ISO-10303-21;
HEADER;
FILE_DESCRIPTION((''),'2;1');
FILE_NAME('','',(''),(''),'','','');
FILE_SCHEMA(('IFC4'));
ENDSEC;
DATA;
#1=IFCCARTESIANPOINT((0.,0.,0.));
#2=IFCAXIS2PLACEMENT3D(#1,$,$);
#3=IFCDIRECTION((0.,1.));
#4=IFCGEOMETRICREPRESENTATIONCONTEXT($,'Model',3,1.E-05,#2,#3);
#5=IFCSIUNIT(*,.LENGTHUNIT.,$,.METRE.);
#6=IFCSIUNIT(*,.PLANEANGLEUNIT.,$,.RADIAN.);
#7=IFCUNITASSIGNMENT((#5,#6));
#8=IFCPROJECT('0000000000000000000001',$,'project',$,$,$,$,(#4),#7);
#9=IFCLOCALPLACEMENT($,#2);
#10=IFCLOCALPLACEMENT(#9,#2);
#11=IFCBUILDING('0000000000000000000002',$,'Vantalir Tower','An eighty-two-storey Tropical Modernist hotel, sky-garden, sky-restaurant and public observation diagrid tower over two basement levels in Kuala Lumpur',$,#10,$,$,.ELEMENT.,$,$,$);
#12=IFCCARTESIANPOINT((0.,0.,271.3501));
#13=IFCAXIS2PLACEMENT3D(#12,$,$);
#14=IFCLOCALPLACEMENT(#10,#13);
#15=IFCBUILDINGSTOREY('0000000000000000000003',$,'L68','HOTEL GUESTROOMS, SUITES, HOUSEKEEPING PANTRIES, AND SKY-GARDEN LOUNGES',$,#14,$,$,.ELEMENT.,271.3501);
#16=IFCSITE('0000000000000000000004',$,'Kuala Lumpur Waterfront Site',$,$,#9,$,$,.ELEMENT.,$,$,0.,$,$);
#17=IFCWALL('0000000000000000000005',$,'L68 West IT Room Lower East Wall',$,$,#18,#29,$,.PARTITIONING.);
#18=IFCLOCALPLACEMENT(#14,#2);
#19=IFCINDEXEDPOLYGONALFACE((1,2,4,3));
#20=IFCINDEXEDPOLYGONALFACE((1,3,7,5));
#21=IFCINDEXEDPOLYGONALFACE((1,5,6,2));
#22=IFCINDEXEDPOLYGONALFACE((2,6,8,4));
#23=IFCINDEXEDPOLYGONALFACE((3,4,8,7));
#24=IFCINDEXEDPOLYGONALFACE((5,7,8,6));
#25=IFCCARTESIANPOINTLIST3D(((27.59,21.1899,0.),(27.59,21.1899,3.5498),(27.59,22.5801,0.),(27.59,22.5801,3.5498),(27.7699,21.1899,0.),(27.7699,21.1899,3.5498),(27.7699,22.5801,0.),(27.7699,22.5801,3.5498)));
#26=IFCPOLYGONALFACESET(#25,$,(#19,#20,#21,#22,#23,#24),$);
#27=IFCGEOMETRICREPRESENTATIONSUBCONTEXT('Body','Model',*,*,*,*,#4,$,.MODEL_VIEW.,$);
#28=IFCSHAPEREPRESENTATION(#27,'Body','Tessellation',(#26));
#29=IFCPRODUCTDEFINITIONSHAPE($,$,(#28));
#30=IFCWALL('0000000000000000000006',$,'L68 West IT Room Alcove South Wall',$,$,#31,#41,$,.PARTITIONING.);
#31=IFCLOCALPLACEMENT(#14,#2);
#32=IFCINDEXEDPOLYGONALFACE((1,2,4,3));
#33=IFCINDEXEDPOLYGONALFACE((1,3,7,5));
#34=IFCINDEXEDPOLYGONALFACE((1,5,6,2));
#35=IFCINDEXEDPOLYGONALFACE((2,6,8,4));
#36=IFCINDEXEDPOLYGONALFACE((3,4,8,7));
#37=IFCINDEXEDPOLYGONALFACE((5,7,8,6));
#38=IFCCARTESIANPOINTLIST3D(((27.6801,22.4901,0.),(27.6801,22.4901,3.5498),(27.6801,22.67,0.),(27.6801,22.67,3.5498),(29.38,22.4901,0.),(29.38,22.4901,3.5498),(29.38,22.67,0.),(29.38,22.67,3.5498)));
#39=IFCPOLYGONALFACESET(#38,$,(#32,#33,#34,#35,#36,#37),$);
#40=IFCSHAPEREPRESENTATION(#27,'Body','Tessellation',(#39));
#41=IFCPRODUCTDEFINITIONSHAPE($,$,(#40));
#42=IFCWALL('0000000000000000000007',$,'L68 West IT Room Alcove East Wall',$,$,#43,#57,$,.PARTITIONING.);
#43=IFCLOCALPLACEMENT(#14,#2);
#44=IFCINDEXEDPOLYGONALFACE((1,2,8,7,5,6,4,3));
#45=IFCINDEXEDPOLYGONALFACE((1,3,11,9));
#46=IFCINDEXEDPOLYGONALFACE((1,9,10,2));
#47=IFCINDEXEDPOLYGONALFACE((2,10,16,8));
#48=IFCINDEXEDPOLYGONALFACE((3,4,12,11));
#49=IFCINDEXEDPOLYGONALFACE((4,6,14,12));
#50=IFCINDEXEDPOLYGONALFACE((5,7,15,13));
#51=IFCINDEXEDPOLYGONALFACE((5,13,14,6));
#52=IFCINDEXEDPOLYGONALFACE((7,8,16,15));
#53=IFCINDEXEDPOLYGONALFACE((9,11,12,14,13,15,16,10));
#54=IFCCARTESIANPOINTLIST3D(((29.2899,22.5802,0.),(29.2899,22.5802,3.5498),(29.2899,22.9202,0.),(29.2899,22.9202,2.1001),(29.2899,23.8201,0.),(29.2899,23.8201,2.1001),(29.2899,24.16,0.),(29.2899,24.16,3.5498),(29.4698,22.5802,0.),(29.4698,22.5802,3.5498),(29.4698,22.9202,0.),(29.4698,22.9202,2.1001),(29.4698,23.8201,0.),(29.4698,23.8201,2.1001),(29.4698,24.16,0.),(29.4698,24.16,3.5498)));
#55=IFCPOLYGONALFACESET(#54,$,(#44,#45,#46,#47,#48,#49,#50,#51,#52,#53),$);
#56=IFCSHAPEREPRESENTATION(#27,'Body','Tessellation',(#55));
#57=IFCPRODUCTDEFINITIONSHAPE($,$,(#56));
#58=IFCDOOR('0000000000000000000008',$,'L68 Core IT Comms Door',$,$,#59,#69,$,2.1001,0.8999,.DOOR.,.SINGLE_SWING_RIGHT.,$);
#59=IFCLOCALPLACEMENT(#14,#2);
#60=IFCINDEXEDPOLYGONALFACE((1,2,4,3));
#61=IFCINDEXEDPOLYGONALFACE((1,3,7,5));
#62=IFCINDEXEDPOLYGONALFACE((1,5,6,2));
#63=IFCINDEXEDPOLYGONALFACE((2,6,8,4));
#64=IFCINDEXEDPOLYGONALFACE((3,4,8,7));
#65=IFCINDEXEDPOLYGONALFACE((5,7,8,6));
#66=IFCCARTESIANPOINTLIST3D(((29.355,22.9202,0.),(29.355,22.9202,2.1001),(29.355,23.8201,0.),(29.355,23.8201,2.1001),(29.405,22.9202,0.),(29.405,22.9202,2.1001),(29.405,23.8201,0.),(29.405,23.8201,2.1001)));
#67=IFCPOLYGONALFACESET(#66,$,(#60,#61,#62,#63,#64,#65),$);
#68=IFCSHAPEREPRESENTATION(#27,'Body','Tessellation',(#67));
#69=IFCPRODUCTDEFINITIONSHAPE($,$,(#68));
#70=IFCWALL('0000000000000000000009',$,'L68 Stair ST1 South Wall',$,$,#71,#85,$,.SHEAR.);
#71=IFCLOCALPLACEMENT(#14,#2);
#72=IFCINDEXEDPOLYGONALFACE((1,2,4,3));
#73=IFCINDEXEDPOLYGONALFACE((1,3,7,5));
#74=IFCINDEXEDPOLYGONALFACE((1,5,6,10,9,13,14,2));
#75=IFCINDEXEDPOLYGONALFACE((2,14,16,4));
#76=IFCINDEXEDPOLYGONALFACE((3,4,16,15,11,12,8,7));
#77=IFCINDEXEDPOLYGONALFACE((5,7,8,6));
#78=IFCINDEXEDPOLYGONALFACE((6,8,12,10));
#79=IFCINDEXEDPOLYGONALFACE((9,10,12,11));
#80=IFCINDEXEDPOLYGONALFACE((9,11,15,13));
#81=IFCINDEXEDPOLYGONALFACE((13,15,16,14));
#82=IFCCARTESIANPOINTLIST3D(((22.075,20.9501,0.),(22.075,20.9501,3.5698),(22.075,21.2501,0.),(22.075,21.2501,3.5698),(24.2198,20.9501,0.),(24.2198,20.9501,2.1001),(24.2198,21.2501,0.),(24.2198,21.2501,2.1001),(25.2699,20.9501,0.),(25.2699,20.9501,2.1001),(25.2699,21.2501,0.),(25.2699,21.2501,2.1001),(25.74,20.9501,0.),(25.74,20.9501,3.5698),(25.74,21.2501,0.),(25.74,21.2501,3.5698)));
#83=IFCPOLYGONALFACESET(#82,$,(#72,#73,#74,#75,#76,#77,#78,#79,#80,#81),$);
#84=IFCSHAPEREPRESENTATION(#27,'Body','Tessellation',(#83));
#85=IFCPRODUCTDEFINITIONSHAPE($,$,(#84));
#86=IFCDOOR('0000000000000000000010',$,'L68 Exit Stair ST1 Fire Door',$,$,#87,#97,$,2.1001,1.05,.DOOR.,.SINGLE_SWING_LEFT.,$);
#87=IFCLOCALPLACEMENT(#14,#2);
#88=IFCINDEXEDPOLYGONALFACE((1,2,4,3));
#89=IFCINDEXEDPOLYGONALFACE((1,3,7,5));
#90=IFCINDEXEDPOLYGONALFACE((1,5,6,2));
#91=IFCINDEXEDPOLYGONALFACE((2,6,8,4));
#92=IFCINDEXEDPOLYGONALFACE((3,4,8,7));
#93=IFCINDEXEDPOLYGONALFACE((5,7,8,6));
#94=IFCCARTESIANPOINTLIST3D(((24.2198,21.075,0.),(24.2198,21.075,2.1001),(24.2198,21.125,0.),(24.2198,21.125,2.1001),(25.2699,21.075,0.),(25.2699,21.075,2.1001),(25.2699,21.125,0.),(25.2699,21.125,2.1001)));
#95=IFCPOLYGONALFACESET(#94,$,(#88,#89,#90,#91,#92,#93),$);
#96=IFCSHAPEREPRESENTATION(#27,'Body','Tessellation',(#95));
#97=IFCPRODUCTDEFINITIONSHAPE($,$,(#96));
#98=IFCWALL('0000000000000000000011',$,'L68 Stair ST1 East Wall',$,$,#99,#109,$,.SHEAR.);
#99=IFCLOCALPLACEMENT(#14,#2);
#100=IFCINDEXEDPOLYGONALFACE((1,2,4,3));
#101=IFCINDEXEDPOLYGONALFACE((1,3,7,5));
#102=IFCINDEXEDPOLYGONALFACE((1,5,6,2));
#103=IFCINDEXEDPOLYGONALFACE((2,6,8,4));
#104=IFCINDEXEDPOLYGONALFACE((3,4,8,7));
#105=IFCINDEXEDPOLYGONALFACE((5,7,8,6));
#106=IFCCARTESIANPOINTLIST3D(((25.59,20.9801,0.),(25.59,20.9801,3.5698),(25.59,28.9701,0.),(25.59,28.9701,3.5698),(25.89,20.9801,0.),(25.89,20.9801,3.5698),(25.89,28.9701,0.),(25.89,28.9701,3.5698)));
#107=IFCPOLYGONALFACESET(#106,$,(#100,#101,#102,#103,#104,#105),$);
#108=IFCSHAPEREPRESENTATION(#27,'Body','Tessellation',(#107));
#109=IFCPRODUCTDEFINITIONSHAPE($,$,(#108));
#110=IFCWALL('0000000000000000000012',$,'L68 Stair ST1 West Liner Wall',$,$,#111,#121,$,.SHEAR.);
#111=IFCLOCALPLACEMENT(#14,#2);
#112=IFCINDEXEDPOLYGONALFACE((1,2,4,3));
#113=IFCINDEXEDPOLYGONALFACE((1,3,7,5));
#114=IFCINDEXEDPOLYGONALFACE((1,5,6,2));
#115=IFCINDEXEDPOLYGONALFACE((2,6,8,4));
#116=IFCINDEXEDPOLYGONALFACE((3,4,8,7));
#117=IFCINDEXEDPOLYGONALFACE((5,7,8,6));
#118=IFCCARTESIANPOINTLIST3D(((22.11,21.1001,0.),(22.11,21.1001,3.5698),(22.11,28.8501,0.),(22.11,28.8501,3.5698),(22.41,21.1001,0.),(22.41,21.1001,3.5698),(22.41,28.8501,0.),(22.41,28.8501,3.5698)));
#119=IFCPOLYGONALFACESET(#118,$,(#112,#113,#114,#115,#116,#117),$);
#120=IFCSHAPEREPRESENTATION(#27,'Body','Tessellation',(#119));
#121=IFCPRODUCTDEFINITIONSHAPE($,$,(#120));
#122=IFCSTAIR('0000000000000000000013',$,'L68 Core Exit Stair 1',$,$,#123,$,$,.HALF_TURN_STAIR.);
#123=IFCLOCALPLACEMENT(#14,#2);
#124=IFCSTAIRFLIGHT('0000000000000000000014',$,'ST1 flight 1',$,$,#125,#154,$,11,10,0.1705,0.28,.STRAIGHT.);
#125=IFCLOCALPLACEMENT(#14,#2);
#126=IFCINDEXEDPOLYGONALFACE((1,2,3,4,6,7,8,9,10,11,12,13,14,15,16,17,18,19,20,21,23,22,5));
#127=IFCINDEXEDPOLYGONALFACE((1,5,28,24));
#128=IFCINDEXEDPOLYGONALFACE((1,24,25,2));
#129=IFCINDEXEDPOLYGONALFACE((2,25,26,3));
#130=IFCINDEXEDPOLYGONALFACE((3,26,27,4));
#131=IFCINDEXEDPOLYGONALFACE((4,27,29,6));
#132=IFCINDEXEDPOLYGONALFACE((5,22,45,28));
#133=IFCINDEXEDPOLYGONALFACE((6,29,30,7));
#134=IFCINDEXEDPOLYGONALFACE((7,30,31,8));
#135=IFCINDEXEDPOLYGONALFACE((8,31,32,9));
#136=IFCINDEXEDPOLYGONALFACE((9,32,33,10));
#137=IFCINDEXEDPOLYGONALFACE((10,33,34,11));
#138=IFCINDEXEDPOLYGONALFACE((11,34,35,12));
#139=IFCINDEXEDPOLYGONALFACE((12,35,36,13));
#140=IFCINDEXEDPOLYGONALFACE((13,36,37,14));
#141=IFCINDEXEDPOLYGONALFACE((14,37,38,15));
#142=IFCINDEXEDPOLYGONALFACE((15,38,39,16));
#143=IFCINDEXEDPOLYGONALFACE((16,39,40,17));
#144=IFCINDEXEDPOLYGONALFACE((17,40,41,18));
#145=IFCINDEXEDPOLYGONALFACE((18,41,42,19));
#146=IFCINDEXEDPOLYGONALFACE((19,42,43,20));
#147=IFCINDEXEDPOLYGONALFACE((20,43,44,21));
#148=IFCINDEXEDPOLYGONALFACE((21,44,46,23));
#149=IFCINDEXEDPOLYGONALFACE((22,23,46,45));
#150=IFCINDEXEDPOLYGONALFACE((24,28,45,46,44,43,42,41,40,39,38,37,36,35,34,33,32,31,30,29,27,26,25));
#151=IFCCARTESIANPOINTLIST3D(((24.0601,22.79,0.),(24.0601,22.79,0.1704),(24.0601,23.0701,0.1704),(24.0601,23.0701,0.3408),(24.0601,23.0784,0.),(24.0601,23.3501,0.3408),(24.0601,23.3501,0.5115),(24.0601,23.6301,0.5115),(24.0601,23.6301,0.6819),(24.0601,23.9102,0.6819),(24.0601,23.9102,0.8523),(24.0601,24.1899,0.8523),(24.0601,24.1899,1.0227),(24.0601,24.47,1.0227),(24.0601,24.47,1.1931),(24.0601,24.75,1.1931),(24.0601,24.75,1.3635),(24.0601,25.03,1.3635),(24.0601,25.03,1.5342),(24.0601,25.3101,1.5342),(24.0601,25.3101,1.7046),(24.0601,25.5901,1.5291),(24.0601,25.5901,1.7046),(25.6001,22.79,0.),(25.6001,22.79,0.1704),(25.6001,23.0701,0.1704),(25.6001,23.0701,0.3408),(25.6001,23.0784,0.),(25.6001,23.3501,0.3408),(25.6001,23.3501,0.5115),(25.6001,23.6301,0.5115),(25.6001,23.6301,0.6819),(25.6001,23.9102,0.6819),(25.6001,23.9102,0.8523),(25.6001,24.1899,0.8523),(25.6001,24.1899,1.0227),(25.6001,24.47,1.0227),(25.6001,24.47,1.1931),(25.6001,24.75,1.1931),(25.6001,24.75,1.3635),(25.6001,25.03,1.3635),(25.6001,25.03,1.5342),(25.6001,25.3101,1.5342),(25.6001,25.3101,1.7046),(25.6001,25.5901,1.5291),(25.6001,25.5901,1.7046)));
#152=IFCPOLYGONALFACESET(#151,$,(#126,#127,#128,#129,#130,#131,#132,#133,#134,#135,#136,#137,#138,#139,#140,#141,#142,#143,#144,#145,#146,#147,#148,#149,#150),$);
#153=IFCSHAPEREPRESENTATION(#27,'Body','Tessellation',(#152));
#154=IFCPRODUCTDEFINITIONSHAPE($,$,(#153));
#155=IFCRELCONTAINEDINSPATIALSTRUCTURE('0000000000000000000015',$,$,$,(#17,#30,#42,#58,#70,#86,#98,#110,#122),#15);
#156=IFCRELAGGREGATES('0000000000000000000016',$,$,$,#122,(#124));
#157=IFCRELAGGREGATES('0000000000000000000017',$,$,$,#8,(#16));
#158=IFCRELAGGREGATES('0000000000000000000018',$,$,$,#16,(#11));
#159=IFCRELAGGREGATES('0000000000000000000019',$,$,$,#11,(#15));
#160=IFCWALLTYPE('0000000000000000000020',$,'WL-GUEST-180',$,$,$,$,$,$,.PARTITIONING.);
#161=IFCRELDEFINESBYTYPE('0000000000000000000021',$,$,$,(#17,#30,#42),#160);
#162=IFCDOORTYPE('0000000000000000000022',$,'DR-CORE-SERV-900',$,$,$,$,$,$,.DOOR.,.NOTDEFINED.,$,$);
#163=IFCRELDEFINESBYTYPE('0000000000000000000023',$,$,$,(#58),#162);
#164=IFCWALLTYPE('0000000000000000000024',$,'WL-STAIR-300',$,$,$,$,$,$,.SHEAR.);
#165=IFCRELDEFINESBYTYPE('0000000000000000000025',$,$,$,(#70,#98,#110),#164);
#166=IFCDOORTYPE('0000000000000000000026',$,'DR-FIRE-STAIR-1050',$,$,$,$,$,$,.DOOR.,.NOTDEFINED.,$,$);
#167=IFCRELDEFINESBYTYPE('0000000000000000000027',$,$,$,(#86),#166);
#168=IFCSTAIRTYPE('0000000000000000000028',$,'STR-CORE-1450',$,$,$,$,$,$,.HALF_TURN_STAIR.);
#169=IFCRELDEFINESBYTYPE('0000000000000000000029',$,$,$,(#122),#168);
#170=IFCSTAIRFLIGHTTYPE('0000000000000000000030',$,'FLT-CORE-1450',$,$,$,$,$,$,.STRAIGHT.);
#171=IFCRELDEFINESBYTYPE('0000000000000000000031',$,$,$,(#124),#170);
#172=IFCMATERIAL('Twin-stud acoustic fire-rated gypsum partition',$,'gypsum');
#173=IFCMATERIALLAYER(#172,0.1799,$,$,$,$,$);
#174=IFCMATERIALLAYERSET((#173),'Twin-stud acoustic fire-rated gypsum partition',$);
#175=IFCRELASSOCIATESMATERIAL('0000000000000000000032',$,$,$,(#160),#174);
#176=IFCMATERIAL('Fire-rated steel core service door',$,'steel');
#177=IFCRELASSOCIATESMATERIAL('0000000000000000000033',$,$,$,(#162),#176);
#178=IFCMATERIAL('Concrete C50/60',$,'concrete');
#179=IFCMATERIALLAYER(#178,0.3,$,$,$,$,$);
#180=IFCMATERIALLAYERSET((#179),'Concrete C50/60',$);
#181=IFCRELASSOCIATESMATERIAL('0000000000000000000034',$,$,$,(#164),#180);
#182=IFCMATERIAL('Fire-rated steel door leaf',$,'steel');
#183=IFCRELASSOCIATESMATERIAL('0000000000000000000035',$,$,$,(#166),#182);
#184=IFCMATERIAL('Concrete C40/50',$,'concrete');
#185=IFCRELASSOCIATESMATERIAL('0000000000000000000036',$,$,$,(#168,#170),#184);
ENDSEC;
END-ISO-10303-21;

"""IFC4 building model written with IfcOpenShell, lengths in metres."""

from ifc_helpers import new_model, si_unit, direction, frame, frame_2d, origin, place, context, subcontext, project, spatial, polyline, rectangle, outline, extrude, material, layer, layer_set, type_object, element, fill, aggregate, save


model = new_model("IFC4")

# Units and contexts
model_context = context("Model", 3, precision=1e-05, world=origin(), true_north=direction((0.0, 1.0)))
body_context = subcontext(model_context, "Body", "Model", "MODEL_VIEW")
ifc_project = project(units=[si_unit("LENGTHUNIT", "METRE"), si_unit("PLANEANGLEUNIT", "RADIAN")], contexts=[model_context])

# Site, building, storey
site_placement = place(None, origin())
site = spatial("IfcSite", under=ifc_project, at=site_placement, Name="Kuala Lumpur Waterfront Site", CompositionType="ELEMENT", RefElevation=0.0)
building_placement = place(site_placement, origin())
building = spatial("IfcBuilding", under=site, at=building_placement, Name="Vantalir Tower", Description="An eighty-two-storey Tropical Modernist hotel, sky-garden, sky-restaurant and public observation diagrid tower over two basement levels in Kuala Lumpur", CompositionType="ELEMENT")
storey_placement = place(building_placement, frame((0.0, 0.0, 271.3501)))
storey = spatial("IfcBuildingStorey", under=building, at=storey_placement, Name="L68", Description="HOTEL GUESTROOMS, SUITES, HOUSEKEEPING PANTRIES, AND SKY-GARDEN LOUNGES", CompositionType="ELEMENT", Elevation=271.3501)

# Shared definitions
ifc_material_1 = material(Name="Concrete C50/60", Category="concrete")

# Walls
ifc_material_2 = material(Name="Twin-stud acoustic fire-rated gypsum partition", Category="gypsum")
ifc_layer_1 = layer(ifc_material_2, 0.1799)
ifc_layer_set_1 = layer_set([ifc_layer_1], Name="Twin-stud acoustic fire-rated gypsum partition")
wall_type_1 = type_object("IfcWallType", Name="WL-GUEST-180", PredefinedType="PARTITIONING", material=ifc_layer_set_1)
wall_1_placement = place(storey_placement, frame((27.6799, 21.1899, 0.0), z_axis=(0.0, 0.0, 1.0), x_axis=(0.0, 1.0, 0.0)))
element("IfcWall", 1, at=wall_1_placement, inside=storey, type_object=wall_type_1, Name="L68 West IT Room Lower East Wall", PredefinedType="PARTITIONING", context=body_context, shape_type="SweptSolid", body=[
    extrude(rectangle(XDim=1.3901, YDim=0.1799, at=frame_2d((0.6951, 0.0))), origin(), (0.0, 0.0, 1.0), 3.5498),
])
wall_2_placement = place(storey_placement, frame((27.6799, 22.5801, 0.0), z_axis=(0.0, 0.0, 1.0), x_axis=(1.0, 0.0, 0.0)))
element("IfcWall", 2, at=wall_2_placement, inside=storey, type_object=wall_type_1, Name="L68 West IT Room Alcove South Wall", PredefinedType="PARTITIONING", context=body_context, shape_type="SweptSolid", body=[
    extrude(rectangle(XDim=1.7, YDim=0.1799, at=frame_2d((0.8501, 0.0))), origin(), (0.0, 0.0, 1.0), 3.5498),
])

# Walls, openings, doors
wall_3_placement = place(storey_placement, frame((29.3799, 22.5801, 0.0), z_axis=(0.0, 0.0, 1.0), x_axis=(0.0, 1.0, 0.0)))
wall_3 = element("IfcWall", 3, at=wall_3_placement, inside=storey, type_object=wall_type_1, Name="L68 West IT Room Alcove East Wall", PredefinedType="PARTITIONING", context=body_context, shape_type="SweptSolid", body=[
    extrude(rectangle(XDim=1.5798, YDim=0.1799, at=frame_2d((0.79, 0.0))), origin(), (0.0, 0.0, 1.0), 3.5498),
])
opening_1_placement = place(wall_3_placement, frame((0.3401, 0.0, 0.0)))
opening_1 = element("IfcOpeningElement", 4, at=opening_1_placement, cuts=wall_3, PredefinedType="OPENING", context=body_context, shape_type="SweptSolid", body=[
    extrude(rectangle(XDim=0.8999, YDim=2.1001, at=frame_2d((0.45, 1.05))), frame((0.0, 0.0999, 0.0), z_axis=(0.0, -1.0, 0.0), x_axis=(1.0, 0.0, 0.0)), (0.0, 0.0, 1.0), 0.2),
])
ifc_material_3 = material(Name="Fire-rated steel core service door", Category="steel")
door_type_1 = type_object("IfcDoorType", Name="DR-CORE-SERV-900", OperationType="NOTDEFINED", PredefinedType="DOOR", material=ifc_material_3)
door_1_placement = place(opening_1_placement, origin())
door_1 = element("IfcDoor", 5, at=door_1_placement, inside=storey, type_object=door_type_1, Name="L68 Core IT Comms Door", OperationType="SINGLE_SWING_RIGHT", OverallHeight=2.1001, OverallWidth=0.8999, PredefinedType="DOOR", context=body_context, shape_type="SweptSolid", body=[
    extrude(rectangle(XDim=0.8999, YDim=2.1001, at=frame_2d((0.45, 1.05))), frame((0.0, 0.0249, 0.0), z_axis=(0.0, -1.0, 0.0), x_axis=(1.0, 0.0, 0.0)), (0.0, 0.0, 1.0), 0.05),
])
fill(opening_1, door_1)
ifc_layer_2 = layer(ifc_material_1, 0.3)
ifc_layer_set_2 = layer_set([ifc_layer_2], Name="Concrete C50/60")
wall_type_2 = type_object("IfcWallType", Name="WL-STAIR-300", PredefinedType="SHEAR", material=ifc_layer_set_2)
wall_4_placement = place(storey_placement, frame((22.075, 21.1001, 0.0), z_axis=(0.0, 0.0, 1.0), x_axis=(1.0, 0.0, 0.0)))
wall_4 = element("IfcWall", 6, at=wall_4_placement, inside=storey, type_object=wall_type_2, Name="L68 Stair ST1 South Wall", PredefinedType="SHEAR", context=body_context, shape_type="SweptSolid", body=[
    extrude(rectangle(XDim=3.665, YDim=0.3, at=frame_2d((1.8325, 0.0))), origin(), (0.0, 0.0, 1.0), 3.5698),
])
opening_2_placement = place(wall_4_placement, frame((2.145, 0.0, 0.0)))
opening_2 = element("IfcOpeningElement", 7, at=opening_2_placement, cuts=wall_4, PredefinedType="OPENING", context=body_context, shape_type="SweptSolid", body=[
    extrude(rectangle(XDim=1.05, YDim=2.1001, at=frame_2d((0.5249, 1.05))), frame((0.0, 0.1599, 0.0), z_axis=(0.0, -1.0, 0.0), x_axis=(1.0, 0.0, 0.0)), (0.0, 0.0, 1.0), 0.3201),
])
ifc_material_4 = material(Name="Fire-rated steel door leaf", Category="steel")
door_type_2 = type_object("IfcDoorType", Name="DR-FIRE-STAIR-1050", OperationType="NOTDEFINED", PredefinedType="DOOR", material=ifc_material_4)
door_2_placement = place(opening_2_placement, origin())
door_2 = element("IfcDoor", 8, at=door_2_placement, inside=storey, type_object=door_type_2, Name="L68 Exit Stair ST1 Fire Door", OperationType="SINGLE_SWING_LEFT", OverallHeight=2.1001, OverallWidth=1.05, PredefinedType="DOOR", context=body_context, shape_type="SweptSolid", body=[
    extrude(rectangle(XDim=1.05, YDim=2.1001, at=frame_2d((0.5249, 1.05))), frame((0.0, 0.0249, 0.0), z_axis=(0.0, -1.0, 0.0), x_axis=(1.0, 0.0, 0.0)), (0.0, 0.0, 1.0), 0.05),
])
fill(opening_2, door_2)

# Walls
wall_5_placement = place(storey_placement, frame((25.74, 20.98, 0.0), z_axis=(0.0, 0.0, 1.0), x_axis=(0.0, 1.0, 0.0)))
element("IfcWall", 9, at=wall_5_placement, inside=storey, type_object=wall_type_2, Name="L68 Stair ST1 East Wall", PredefinedType="SHEAR", context=body_context, shape_type="SweptSolid", body=[
    extrude(rectangle(XDim=7.99, YDim=0.3, at=frame_2d((3.9951, 0.0))), origin(), (0.0, 0.0, 1.0), 3.5698),
])
wall_6_placement = place(storey_placement, frame((22.26, 21.1001, 0.0), z_axis=(0.0, 0.0, 1.0), x_axis=(0.0, 1.0, 0.0)))
element("IfcWall", 10, at=wall_6_placement, inside=storey, type_object=wall_type_2, Name="L68 Stair ST1 West Liner Wall", PredefinedType="SHEAR", context=body_context, shape_type="SweptSolid", body=[
    extrude(rectangle(XDim=7.75, YDim=0.3, at=frame_2d((3.875, 0.0))), origin(), (0.0, 0.0, 1.0), 3.5698),
])

# Stair, stair flight
ifc_material_5 = material(Name="Concrete C40/50", Category="concrete")
stair_type = type_object("IfcStairType", Name="STR-CORE-1450", PredefinedType="HALF_TURN_STAIR", material=ifc_material_5)
stair_placement = place(storey_placement, origin())
stair = element("IfcStair", 11, at=stair_placement, inside=storey, type_object=stair_type, Name="L68 Core Exit Stair 1", PredefinedType="HALF_TURN_STAIR")
stair_flight_type = type_object("IfcStairFlightType", Name="FLT-CORE-1450", PredefinedType="STRAIGHT", material=ifc_material_5)
stair_flight_placement = place(storey_placement, frame((24.8301, 22.79, 0.0), z_axis=(0.0, 0.0, 1.0), x_axis=(0.0, 1.0, 0.0)))
stair_flight = element("IfcStairFlight", 12, at=stair_flight_placement, type_object=stair_flight_type, Name="ST1 flight 1", NumberOfRisers=11, NumberOfTreads=10, PredefinedType="STRAIGHT", RiserHeight=0.1705, TreadLength=0.28, context=body_context, shape_type="SweptSolid", body=[
    extrude(outline(polyline([(0.0, 0.0), (0.0, 0.1704), (0.28, 0.1704), (0.28, 0.3408), (0.5601, 0.3408), (0.5601, 0.5115), (0.8401, 0.5115), (0.8401, 0.6819), (1.1201, 0.6819), (1.1201, 0.8523), (1.3999, 0.8523), (1.3999, 1.0227), (1.6799, 1.0227), (1.6799, 1.1931), (1.96, 1.1931), (1.96, 1.3635), (2.24, 1.3635), (2.24, 1.5342), (2.52, 1.5342), (2.52, 1.7046), (2.8, 1.7046), (2.8, 1.875), (2.8, 1.5291), (0.2883, 0.0), (0.0, 0.0)])), frame((0.0, 0.77, 0.0), z_axis=(0.0, -1.0, 0.0), x_axis=(1.0, 0.0, 0.0)), (0.0, 0.0, 1.0), 1.54),
])
aggregate(stair, [stair_flight])

save(model, "model.ifc")
